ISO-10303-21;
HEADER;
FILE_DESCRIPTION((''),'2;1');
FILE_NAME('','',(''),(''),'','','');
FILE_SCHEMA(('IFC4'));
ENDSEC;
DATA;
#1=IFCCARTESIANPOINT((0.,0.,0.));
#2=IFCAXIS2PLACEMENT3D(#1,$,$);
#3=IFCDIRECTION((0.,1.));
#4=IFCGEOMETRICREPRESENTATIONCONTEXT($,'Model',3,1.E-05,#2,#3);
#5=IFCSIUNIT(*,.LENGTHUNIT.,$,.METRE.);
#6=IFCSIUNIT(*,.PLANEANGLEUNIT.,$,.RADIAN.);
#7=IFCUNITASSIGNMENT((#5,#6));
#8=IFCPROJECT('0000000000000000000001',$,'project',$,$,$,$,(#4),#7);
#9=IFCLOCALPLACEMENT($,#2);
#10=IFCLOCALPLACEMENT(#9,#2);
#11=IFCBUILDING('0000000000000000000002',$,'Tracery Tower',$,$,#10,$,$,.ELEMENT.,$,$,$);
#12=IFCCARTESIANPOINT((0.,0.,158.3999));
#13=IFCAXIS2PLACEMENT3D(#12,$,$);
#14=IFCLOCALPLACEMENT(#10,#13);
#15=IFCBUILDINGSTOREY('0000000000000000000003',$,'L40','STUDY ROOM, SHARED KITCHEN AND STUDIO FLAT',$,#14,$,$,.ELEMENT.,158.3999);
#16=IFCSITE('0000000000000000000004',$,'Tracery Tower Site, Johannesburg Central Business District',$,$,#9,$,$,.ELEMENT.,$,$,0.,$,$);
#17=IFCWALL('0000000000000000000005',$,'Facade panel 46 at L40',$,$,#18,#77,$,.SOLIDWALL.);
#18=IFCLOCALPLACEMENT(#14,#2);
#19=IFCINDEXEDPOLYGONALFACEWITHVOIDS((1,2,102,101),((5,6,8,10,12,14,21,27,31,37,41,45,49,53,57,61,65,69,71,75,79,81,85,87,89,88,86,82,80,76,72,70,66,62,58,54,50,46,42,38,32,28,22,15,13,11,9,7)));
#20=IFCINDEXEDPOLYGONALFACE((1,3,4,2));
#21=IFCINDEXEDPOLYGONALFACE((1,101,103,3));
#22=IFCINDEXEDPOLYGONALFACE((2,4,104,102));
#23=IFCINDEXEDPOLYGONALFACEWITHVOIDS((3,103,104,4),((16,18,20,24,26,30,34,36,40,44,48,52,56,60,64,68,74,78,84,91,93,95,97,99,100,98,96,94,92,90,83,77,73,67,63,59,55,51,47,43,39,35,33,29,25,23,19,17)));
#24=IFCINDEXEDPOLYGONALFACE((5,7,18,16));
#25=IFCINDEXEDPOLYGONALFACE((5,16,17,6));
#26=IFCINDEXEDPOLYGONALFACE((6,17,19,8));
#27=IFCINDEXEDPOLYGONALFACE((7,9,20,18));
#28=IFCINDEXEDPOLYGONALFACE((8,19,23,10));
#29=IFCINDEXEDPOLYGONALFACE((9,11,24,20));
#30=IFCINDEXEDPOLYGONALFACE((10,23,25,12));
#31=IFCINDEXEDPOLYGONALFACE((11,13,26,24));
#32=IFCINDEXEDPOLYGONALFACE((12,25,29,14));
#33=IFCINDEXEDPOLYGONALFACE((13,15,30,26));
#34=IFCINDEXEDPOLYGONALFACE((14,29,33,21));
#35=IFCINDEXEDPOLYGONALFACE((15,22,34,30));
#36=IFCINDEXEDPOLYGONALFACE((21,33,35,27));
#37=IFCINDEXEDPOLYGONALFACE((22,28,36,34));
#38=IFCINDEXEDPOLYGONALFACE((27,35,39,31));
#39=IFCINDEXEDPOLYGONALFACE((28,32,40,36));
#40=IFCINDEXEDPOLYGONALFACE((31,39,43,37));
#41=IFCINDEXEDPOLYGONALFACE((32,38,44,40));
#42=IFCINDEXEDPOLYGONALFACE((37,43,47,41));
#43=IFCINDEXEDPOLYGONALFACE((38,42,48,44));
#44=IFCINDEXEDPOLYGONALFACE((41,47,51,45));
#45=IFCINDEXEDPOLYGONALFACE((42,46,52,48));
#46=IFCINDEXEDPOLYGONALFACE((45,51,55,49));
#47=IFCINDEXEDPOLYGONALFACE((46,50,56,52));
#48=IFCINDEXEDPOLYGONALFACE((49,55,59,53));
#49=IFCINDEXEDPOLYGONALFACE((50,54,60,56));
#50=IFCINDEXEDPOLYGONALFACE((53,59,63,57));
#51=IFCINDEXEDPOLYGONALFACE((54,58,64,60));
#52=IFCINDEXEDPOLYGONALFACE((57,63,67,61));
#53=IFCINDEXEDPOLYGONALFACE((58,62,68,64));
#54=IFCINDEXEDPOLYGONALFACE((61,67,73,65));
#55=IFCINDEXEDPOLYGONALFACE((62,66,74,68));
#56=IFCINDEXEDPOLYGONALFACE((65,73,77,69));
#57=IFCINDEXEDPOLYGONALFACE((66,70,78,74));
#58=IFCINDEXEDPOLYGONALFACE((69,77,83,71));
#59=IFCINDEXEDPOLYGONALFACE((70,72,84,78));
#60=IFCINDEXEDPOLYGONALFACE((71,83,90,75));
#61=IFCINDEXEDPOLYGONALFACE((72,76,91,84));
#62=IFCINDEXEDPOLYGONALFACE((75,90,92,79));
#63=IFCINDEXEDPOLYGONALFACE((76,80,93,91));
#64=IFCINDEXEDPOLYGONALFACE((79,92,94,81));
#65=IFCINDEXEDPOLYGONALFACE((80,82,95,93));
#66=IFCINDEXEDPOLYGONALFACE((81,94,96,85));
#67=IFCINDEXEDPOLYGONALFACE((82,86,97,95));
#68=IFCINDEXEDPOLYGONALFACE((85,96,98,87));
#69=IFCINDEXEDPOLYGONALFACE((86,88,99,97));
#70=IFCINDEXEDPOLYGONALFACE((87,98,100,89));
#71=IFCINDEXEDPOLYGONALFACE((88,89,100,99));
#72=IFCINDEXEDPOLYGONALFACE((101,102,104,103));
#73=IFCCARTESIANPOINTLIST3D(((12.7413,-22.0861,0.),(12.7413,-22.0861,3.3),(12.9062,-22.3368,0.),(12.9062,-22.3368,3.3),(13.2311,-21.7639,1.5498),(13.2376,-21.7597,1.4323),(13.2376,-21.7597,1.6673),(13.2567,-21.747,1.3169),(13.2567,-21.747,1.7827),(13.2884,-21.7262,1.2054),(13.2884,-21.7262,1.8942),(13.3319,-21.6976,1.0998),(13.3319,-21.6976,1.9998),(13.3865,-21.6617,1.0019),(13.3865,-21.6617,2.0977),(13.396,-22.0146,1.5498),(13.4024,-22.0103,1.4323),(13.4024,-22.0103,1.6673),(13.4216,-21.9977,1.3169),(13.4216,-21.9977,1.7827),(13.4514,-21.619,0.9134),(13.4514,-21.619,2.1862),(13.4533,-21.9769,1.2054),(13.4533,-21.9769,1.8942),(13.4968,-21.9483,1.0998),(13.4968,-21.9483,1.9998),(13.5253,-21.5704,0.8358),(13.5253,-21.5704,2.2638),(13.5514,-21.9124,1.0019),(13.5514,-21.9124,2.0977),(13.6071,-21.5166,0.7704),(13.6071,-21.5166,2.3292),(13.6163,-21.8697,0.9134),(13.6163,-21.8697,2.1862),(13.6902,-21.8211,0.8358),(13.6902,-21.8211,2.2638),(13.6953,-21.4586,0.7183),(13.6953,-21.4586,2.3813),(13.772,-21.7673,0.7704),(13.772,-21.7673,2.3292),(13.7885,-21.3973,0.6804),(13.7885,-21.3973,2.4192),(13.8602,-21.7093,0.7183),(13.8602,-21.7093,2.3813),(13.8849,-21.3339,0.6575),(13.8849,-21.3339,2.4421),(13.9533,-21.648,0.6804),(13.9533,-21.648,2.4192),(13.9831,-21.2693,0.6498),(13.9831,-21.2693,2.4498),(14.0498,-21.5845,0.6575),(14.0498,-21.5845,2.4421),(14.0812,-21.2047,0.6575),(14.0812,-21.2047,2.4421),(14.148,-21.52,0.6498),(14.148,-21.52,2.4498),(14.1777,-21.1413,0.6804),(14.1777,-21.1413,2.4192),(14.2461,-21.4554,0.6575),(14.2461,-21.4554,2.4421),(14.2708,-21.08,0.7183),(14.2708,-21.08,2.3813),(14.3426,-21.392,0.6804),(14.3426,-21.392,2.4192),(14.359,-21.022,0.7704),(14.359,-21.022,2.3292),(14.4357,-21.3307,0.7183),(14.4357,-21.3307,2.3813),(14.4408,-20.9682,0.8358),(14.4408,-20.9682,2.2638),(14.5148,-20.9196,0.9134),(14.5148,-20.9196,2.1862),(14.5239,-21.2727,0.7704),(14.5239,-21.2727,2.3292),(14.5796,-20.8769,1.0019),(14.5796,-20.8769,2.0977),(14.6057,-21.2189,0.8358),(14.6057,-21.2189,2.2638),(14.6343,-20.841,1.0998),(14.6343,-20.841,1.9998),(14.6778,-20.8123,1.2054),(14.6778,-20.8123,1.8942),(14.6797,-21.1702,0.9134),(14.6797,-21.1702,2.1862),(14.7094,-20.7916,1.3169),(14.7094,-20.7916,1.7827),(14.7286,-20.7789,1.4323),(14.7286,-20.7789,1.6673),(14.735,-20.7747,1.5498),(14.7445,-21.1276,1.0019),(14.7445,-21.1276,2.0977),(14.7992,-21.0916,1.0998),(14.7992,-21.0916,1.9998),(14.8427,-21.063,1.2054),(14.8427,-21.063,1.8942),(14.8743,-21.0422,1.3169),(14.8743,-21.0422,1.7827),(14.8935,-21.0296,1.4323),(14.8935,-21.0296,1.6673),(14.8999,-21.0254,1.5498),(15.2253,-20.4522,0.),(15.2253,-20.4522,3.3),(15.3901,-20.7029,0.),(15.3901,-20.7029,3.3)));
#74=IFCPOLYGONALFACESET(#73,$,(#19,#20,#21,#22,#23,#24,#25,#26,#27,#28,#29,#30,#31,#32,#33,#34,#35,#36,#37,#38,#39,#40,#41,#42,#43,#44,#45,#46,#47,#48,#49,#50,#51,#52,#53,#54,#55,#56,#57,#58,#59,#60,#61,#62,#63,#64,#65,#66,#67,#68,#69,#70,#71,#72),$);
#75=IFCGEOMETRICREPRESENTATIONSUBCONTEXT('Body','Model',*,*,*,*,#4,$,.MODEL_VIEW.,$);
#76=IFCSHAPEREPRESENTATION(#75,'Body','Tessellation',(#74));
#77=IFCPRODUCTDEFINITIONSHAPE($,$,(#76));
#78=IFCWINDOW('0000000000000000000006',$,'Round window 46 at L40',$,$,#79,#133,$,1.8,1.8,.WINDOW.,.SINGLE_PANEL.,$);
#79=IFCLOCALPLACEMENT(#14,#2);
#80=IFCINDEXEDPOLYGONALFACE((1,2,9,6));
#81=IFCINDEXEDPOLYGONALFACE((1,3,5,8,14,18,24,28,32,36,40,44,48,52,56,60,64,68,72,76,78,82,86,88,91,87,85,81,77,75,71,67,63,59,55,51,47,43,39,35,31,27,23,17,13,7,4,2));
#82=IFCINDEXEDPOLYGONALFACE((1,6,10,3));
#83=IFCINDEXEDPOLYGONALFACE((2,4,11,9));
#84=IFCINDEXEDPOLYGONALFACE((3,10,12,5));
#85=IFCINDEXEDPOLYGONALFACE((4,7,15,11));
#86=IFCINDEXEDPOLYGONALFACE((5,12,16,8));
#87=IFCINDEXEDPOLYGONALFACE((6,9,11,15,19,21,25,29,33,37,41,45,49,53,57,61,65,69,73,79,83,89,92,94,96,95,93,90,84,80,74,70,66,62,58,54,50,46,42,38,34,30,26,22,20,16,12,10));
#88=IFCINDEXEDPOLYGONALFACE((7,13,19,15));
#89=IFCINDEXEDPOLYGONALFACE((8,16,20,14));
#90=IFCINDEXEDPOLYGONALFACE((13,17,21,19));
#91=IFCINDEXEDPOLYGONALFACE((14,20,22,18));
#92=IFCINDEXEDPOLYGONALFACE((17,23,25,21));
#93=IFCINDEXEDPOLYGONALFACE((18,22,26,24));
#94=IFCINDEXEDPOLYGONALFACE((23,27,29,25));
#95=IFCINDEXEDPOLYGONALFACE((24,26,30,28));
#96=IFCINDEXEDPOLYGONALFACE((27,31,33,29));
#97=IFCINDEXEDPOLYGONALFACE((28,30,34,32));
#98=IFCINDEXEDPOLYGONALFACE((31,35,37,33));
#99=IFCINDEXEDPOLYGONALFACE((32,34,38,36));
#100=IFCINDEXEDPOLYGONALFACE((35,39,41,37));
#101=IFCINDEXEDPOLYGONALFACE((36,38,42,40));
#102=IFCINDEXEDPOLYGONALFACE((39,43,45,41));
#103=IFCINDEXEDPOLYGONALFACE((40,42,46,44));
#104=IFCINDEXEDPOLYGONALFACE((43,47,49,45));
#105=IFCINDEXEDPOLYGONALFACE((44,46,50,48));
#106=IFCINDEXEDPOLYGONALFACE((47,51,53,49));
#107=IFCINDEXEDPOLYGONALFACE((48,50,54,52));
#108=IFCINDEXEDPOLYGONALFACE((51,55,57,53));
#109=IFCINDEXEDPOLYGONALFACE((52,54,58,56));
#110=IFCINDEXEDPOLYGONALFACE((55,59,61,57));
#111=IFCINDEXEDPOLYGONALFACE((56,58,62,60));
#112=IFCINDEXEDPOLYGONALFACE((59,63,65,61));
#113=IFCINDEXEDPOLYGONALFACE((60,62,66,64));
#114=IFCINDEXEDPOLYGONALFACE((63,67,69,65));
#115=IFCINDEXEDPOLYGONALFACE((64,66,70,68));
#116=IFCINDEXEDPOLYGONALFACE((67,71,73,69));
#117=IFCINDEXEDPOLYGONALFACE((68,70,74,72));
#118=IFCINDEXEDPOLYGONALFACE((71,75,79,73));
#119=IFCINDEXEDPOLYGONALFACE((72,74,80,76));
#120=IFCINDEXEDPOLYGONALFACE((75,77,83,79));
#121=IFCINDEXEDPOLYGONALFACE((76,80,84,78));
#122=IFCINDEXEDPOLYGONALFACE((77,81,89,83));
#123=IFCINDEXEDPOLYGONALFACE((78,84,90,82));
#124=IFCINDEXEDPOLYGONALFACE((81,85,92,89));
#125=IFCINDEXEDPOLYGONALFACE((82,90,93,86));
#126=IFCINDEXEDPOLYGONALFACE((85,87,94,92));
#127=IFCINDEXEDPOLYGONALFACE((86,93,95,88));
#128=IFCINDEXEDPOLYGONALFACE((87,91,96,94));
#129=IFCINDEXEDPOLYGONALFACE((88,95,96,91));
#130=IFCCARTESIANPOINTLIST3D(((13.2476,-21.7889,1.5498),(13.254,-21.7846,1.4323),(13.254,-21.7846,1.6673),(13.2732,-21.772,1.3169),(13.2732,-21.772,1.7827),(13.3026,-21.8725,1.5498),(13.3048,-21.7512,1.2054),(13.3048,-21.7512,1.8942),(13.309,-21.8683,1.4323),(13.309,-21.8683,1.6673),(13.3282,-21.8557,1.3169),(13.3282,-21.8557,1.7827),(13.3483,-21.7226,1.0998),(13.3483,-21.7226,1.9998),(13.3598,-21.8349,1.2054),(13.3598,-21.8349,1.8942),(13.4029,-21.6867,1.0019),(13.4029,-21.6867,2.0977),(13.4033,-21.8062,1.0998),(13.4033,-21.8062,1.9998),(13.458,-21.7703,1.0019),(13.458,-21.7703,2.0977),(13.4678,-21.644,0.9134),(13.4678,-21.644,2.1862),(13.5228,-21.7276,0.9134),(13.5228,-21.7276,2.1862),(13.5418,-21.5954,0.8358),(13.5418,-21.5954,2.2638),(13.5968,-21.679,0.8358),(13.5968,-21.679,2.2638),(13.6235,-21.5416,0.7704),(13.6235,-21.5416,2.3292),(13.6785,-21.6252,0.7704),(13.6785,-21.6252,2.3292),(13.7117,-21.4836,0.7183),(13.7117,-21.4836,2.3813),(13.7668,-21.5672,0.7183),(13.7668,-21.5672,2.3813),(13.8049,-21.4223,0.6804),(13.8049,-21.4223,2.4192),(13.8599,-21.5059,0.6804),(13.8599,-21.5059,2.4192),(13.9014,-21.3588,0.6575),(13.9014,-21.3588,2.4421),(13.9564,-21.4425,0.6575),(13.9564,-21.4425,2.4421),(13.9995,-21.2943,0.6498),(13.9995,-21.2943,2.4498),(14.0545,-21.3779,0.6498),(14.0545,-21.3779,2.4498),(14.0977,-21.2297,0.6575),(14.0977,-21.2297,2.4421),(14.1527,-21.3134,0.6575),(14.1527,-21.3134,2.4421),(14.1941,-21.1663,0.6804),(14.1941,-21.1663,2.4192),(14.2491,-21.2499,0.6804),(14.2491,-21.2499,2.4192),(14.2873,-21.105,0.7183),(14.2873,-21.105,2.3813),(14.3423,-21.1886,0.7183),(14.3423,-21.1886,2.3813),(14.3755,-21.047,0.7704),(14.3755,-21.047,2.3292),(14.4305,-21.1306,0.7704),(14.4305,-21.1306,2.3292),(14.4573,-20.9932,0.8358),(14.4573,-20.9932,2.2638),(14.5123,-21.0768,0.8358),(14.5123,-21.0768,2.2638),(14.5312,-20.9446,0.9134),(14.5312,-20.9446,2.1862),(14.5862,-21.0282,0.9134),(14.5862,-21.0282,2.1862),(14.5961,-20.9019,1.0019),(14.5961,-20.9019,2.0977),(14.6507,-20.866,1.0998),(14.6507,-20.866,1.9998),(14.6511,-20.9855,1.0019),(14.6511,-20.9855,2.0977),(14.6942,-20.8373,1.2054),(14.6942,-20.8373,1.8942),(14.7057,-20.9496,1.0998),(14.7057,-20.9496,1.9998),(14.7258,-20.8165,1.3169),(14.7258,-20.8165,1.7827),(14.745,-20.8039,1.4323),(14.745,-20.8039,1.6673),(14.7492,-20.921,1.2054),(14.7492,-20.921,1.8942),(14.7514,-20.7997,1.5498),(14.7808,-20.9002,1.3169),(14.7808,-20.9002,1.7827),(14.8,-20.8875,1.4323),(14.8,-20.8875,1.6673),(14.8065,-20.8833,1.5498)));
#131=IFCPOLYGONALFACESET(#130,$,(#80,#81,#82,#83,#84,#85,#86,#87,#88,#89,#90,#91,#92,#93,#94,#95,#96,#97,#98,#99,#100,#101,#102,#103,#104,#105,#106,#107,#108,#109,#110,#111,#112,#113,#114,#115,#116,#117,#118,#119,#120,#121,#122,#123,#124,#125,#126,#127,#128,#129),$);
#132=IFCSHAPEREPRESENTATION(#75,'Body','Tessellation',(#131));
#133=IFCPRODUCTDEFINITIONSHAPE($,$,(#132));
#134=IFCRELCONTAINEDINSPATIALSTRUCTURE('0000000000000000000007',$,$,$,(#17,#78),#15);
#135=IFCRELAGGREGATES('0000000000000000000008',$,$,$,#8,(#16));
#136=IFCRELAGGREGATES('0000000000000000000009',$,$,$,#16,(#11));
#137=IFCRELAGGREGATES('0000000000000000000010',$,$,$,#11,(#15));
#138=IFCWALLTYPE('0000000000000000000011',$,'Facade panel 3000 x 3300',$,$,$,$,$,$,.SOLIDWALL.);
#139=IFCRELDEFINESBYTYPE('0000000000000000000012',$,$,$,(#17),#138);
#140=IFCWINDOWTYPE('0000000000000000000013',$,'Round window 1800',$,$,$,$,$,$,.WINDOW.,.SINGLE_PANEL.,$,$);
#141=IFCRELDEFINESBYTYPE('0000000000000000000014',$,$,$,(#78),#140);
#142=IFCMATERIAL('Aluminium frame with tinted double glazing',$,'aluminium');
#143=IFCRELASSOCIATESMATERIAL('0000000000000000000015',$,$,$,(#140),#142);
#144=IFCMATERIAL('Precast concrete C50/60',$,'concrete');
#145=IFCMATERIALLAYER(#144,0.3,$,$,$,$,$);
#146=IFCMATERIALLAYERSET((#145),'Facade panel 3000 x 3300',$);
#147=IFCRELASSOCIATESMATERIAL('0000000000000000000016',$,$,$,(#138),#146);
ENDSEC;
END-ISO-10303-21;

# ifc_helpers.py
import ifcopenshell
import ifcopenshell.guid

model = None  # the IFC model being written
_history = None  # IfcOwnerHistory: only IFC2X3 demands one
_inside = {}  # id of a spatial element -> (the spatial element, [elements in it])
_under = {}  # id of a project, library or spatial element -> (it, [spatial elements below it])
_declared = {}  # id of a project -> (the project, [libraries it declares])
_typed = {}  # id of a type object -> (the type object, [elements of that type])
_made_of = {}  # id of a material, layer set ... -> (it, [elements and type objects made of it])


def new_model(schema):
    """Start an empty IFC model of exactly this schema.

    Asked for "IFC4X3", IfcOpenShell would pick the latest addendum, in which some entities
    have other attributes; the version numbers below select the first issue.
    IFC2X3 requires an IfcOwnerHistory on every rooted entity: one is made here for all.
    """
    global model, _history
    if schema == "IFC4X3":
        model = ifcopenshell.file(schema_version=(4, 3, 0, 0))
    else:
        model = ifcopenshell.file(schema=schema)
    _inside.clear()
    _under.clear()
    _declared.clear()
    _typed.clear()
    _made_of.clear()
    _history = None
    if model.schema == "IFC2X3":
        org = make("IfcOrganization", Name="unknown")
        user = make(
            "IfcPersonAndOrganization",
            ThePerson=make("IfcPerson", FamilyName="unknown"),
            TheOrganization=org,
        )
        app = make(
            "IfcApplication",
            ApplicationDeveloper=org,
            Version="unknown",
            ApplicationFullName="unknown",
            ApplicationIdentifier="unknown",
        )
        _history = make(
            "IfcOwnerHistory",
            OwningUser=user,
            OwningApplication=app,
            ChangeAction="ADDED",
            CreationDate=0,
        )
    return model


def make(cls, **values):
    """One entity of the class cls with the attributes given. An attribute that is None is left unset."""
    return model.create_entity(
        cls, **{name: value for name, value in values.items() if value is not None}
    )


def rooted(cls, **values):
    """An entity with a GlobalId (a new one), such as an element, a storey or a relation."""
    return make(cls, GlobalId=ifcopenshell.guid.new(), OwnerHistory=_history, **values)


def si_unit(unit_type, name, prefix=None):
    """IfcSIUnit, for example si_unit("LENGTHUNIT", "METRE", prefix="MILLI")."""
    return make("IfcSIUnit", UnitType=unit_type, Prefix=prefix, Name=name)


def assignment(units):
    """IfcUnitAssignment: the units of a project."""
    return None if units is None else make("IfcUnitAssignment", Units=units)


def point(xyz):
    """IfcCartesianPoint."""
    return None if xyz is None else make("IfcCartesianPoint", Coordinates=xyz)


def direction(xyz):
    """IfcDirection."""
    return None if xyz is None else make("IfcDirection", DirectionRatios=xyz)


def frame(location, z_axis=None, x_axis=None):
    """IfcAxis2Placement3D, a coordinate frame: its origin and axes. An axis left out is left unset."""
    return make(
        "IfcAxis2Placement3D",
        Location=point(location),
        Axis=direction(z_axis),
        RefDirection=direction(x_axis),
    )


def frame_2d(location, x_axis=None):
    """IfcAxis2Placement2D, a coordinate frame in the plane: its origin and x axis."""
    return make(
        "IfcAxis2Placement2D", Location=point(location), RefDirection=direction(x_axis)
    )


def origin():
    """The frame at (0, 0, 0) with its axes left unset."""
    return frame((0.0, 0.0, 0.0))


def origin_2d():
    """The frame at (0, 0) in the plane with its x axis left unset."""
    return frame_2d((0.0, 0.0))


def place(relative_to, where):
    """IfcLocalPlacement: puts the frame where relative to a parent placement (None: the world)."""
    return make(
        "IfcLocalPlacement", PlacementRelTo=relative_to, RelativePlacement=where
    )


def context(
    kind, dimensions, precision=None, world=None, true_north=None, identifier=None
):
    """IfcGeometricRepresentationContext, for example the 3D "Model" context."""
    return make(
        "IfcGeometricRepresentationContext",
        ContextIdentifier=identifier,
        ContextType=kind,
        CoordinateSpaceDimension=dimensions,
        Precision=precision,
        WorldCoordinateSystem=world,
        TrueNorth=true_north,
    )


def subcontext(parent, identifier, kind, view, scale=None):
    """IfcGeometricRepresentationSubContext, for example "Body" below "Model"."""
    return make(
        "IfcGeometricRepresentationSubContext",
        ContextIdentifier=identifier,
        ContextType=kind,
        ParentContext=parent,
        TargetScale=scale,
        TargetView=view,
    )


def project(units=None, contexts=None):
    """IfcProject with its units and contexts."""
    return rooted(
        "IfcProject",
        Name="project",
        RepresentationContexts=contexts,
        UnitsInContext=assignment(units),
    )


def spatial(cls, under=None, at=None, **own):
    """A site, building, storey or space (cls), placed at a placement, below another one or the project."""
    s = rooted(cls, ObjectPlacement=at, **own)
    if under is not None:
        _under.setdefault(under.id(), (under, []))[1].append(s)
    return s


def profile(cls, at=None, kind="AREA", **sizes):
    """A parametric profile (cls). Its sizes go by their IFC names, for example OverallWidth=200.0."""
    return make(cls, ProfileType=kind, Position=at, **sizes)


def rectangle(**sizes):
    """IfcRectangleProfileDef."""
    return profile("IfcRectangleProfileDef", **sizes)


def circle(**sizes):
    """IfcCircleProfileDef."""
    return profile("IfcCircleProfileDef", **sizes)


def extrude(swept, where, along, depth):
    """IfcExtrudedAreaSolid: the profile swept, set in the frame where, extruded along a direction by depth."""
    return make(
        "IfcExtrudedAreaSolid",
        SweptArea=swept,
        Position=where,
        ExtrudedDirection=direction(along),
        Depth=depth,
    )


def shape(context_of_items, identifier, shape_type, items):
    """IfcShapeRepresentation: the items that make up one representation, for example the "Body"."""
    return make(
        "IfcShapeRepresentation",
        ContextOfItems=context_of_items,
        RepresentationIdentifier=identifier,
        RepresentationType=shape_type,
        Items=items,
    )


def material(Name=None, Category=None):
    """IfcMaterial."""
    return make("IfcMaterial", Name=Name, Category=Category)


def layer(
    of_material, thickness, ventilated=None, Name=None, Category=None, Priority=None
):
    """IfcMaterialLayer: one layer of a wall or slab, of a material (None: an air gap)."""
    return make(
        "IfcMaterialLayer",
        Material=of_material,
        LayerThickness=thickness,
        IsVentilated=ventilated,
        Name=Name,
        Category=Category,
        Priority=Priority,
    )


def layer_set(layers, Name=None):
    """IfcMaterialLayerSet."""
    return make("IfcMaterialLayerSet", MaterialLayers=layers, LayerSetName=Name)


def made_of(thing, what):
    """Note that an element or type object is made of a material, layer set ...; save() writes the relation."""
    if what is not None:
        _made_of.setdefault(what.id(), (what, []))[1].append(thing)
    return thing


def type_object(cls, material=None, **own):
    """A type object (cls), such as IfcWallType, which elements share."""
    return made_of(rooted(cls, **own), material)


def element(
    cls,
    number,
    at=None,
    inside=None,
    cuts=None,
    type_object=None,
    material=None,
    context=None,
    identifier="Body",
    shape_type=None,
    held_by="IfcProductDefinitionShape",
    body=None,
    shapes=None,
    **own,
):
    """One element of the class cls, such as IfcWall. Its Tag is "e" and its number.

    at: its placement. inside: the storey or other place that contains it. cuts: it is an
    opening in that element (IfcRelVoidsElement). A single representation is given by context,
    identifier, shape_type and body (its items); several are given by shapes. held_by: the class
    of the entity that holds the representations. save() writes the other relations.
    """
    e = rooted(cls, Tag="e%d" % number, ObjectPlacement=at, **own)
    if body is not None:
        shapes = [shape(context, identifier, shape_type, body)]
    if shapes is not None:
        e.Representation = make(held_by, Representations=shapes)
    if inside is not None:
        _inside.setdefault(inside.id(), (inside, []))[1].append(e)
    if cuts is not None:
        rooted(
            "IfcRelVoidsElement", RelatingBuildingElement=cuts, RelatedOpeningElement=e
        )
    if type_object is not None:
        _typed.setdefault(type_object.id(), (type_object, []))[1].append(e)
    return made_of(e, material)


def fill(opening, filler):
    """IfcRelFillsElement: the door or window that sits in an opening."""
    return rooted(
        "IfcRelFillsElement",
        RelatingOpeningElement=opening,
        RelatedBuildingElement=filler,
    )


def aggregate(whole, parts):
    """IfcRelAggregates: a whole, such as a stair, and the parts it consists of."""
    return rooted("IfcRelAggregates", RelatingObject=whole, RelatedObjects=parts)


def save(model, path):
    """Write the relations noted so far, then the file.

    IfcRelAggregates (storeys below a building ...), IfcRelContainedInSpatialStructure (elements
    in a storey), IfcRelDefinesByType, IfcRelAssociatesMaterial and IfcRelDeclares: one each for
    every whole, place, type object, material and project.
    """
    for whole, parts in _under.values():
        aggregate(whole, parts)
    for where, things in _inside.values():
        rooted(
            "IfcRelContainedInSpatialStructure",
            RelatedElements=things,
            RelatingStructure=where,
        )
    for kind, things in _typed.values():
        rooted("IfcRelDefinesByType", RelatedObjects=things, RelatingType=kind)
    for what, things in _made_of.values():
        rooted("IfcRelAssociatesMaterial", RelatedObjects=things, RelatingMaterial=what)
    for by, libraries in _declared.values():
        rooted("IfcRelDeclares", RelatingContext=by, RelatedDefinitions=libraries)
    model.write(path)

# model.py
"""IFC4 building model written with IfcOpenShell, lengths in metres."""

from ifc_helpers import new_model, si_unit, direction, frame, frame_2d, origin, origin_2d, place, context, subcontext, project, spatial, rectangle, circle, extrude, material, layer, layer_set, type_object, element, fill, save


model = new_model("IFC4")

# Units and contexts
model_context = context("Model", 3, precision=1e-05, world=origin(), true_north=direction((0.0, 1.0)))
body_context = subcontext(model_context, "Body", "Model", "MODEL_VIEW")
ifc_project = project(units=[si_unit("LENGTHUNIT", "METRE"), si_unit("PLANEANGLEUNIT", "RADIAN")], contexts=[model_context])

# Site, building, storey
site_placement = place(None, origin())
site = spatial("IfcSite", under=ifc_project, at=site_placement, Name="Tracery Tower Site, Johannesburg Central Business District", CompositionType="ELEMENT", RefElevation=0.0)
building_placement = place(site_placement, origin())
building = spatial("IfcBuilding", under=site, at=building_placement, Name="Tracery Tower", CompositionType="ELEMENT")
storey_placement = place(building_placement, frame((0.0, 0.0, 158.3999)))
storey = spatial("IfcBuildingStorey", under=building, at=storey_placement, Name="L40", Description="STUDY ROOM, SHARED KITCHEN AND STUDIO FLAT", CompositionType="ELEMENT", Elevation=158.3999)

# Wall, opening, window
ifc_material_1 = material(Name="Aluminium frame with tinted double glazing", Category="aluminium")
window_type = type_object("IfcWindowType", Name="Round window 1800", PartitioningType="SINGLE_PANEL", PredefinedType="WINDOW", material=ifc_material_1)
ifc_material_2 = material(Name="Precast concrete C50/60", Category="concrete")
ifc_layer_1 = layer(ifc_material_2, 0.3)
ifc_layer_set_1 = layer_set([ifc_layer_1], Name="Facade panel 3000 x 3300")
wall_type_1 = type_object("IfcWallType", Name="Facade panel 3000 x 3300", PredefinedType="SOLIDWALL", material=ifc_layer_set_1)
wall_1_placement = place(storey_placement, frame((12.8237, -22.2114, 0.0), z_axis=(0.0, 0.0, 1.0), x_axis=(0.835471, 0.549535, 0.0)))
wall_1 = element("IfcWall", 1, at=wall_1_placement, inside=storey, type_object=wall_type_1, Name="Facade panel 46 at L40", PredefinedType="SOLIDWALL", context=body_context, shape_type="SweptSolid", body=[
    extrude(rectangle(XDim=2.9731, YDim=0.3, at=frame_2d((1.4866, 0.0))), origin(), (0.0, 0.0, 1.0), 3.3),
])
opening_1_placement = place(wall_1_placement, frame((1.4863, 0.0, 1.5498)))
opening_1 = element("IfcOpeningElement", 2, at=opening_1_placement, cuts=wall_1, PredefinedType="OPENING", context=body_context, shape_type="SweptSolid", body=[
    extrude(circle(Radius=0.9, at=origin_2d()), frame((0.0, 0.1599, 0.0), z_axis=(0.0, -1.0, 0.0), x_axis=(1.0, 0.0, 0.0)), (0.0, 0.0, 1.0), 0.3201),
])
window_1_placement = place(opening_1_placement, origin())
window_1 = element("IfcWindow", 3, at=window_1_placement, inside=storey, type_object=window_type, Name="Round window 46 at L40", OverallHeight=1.8, OverallWidth=1.8, PartitioningType="SINGLE_PANEL", PredefinedType="WINDOW", context=body_context, shape_type="SweptSolid", body=[
    extrude(circle(Radius=0.9, at=origin_2d()), frame((0.0, 0.1201, 0.0), z_axis=(0.0, -1.0, 0.0), x_axis=(1.0, 0.0, 0.0)), (0.0, 0.0, 1.0), 0.1001),
])
fill(opening_1, window_1)

save(model, "model.ifc")
